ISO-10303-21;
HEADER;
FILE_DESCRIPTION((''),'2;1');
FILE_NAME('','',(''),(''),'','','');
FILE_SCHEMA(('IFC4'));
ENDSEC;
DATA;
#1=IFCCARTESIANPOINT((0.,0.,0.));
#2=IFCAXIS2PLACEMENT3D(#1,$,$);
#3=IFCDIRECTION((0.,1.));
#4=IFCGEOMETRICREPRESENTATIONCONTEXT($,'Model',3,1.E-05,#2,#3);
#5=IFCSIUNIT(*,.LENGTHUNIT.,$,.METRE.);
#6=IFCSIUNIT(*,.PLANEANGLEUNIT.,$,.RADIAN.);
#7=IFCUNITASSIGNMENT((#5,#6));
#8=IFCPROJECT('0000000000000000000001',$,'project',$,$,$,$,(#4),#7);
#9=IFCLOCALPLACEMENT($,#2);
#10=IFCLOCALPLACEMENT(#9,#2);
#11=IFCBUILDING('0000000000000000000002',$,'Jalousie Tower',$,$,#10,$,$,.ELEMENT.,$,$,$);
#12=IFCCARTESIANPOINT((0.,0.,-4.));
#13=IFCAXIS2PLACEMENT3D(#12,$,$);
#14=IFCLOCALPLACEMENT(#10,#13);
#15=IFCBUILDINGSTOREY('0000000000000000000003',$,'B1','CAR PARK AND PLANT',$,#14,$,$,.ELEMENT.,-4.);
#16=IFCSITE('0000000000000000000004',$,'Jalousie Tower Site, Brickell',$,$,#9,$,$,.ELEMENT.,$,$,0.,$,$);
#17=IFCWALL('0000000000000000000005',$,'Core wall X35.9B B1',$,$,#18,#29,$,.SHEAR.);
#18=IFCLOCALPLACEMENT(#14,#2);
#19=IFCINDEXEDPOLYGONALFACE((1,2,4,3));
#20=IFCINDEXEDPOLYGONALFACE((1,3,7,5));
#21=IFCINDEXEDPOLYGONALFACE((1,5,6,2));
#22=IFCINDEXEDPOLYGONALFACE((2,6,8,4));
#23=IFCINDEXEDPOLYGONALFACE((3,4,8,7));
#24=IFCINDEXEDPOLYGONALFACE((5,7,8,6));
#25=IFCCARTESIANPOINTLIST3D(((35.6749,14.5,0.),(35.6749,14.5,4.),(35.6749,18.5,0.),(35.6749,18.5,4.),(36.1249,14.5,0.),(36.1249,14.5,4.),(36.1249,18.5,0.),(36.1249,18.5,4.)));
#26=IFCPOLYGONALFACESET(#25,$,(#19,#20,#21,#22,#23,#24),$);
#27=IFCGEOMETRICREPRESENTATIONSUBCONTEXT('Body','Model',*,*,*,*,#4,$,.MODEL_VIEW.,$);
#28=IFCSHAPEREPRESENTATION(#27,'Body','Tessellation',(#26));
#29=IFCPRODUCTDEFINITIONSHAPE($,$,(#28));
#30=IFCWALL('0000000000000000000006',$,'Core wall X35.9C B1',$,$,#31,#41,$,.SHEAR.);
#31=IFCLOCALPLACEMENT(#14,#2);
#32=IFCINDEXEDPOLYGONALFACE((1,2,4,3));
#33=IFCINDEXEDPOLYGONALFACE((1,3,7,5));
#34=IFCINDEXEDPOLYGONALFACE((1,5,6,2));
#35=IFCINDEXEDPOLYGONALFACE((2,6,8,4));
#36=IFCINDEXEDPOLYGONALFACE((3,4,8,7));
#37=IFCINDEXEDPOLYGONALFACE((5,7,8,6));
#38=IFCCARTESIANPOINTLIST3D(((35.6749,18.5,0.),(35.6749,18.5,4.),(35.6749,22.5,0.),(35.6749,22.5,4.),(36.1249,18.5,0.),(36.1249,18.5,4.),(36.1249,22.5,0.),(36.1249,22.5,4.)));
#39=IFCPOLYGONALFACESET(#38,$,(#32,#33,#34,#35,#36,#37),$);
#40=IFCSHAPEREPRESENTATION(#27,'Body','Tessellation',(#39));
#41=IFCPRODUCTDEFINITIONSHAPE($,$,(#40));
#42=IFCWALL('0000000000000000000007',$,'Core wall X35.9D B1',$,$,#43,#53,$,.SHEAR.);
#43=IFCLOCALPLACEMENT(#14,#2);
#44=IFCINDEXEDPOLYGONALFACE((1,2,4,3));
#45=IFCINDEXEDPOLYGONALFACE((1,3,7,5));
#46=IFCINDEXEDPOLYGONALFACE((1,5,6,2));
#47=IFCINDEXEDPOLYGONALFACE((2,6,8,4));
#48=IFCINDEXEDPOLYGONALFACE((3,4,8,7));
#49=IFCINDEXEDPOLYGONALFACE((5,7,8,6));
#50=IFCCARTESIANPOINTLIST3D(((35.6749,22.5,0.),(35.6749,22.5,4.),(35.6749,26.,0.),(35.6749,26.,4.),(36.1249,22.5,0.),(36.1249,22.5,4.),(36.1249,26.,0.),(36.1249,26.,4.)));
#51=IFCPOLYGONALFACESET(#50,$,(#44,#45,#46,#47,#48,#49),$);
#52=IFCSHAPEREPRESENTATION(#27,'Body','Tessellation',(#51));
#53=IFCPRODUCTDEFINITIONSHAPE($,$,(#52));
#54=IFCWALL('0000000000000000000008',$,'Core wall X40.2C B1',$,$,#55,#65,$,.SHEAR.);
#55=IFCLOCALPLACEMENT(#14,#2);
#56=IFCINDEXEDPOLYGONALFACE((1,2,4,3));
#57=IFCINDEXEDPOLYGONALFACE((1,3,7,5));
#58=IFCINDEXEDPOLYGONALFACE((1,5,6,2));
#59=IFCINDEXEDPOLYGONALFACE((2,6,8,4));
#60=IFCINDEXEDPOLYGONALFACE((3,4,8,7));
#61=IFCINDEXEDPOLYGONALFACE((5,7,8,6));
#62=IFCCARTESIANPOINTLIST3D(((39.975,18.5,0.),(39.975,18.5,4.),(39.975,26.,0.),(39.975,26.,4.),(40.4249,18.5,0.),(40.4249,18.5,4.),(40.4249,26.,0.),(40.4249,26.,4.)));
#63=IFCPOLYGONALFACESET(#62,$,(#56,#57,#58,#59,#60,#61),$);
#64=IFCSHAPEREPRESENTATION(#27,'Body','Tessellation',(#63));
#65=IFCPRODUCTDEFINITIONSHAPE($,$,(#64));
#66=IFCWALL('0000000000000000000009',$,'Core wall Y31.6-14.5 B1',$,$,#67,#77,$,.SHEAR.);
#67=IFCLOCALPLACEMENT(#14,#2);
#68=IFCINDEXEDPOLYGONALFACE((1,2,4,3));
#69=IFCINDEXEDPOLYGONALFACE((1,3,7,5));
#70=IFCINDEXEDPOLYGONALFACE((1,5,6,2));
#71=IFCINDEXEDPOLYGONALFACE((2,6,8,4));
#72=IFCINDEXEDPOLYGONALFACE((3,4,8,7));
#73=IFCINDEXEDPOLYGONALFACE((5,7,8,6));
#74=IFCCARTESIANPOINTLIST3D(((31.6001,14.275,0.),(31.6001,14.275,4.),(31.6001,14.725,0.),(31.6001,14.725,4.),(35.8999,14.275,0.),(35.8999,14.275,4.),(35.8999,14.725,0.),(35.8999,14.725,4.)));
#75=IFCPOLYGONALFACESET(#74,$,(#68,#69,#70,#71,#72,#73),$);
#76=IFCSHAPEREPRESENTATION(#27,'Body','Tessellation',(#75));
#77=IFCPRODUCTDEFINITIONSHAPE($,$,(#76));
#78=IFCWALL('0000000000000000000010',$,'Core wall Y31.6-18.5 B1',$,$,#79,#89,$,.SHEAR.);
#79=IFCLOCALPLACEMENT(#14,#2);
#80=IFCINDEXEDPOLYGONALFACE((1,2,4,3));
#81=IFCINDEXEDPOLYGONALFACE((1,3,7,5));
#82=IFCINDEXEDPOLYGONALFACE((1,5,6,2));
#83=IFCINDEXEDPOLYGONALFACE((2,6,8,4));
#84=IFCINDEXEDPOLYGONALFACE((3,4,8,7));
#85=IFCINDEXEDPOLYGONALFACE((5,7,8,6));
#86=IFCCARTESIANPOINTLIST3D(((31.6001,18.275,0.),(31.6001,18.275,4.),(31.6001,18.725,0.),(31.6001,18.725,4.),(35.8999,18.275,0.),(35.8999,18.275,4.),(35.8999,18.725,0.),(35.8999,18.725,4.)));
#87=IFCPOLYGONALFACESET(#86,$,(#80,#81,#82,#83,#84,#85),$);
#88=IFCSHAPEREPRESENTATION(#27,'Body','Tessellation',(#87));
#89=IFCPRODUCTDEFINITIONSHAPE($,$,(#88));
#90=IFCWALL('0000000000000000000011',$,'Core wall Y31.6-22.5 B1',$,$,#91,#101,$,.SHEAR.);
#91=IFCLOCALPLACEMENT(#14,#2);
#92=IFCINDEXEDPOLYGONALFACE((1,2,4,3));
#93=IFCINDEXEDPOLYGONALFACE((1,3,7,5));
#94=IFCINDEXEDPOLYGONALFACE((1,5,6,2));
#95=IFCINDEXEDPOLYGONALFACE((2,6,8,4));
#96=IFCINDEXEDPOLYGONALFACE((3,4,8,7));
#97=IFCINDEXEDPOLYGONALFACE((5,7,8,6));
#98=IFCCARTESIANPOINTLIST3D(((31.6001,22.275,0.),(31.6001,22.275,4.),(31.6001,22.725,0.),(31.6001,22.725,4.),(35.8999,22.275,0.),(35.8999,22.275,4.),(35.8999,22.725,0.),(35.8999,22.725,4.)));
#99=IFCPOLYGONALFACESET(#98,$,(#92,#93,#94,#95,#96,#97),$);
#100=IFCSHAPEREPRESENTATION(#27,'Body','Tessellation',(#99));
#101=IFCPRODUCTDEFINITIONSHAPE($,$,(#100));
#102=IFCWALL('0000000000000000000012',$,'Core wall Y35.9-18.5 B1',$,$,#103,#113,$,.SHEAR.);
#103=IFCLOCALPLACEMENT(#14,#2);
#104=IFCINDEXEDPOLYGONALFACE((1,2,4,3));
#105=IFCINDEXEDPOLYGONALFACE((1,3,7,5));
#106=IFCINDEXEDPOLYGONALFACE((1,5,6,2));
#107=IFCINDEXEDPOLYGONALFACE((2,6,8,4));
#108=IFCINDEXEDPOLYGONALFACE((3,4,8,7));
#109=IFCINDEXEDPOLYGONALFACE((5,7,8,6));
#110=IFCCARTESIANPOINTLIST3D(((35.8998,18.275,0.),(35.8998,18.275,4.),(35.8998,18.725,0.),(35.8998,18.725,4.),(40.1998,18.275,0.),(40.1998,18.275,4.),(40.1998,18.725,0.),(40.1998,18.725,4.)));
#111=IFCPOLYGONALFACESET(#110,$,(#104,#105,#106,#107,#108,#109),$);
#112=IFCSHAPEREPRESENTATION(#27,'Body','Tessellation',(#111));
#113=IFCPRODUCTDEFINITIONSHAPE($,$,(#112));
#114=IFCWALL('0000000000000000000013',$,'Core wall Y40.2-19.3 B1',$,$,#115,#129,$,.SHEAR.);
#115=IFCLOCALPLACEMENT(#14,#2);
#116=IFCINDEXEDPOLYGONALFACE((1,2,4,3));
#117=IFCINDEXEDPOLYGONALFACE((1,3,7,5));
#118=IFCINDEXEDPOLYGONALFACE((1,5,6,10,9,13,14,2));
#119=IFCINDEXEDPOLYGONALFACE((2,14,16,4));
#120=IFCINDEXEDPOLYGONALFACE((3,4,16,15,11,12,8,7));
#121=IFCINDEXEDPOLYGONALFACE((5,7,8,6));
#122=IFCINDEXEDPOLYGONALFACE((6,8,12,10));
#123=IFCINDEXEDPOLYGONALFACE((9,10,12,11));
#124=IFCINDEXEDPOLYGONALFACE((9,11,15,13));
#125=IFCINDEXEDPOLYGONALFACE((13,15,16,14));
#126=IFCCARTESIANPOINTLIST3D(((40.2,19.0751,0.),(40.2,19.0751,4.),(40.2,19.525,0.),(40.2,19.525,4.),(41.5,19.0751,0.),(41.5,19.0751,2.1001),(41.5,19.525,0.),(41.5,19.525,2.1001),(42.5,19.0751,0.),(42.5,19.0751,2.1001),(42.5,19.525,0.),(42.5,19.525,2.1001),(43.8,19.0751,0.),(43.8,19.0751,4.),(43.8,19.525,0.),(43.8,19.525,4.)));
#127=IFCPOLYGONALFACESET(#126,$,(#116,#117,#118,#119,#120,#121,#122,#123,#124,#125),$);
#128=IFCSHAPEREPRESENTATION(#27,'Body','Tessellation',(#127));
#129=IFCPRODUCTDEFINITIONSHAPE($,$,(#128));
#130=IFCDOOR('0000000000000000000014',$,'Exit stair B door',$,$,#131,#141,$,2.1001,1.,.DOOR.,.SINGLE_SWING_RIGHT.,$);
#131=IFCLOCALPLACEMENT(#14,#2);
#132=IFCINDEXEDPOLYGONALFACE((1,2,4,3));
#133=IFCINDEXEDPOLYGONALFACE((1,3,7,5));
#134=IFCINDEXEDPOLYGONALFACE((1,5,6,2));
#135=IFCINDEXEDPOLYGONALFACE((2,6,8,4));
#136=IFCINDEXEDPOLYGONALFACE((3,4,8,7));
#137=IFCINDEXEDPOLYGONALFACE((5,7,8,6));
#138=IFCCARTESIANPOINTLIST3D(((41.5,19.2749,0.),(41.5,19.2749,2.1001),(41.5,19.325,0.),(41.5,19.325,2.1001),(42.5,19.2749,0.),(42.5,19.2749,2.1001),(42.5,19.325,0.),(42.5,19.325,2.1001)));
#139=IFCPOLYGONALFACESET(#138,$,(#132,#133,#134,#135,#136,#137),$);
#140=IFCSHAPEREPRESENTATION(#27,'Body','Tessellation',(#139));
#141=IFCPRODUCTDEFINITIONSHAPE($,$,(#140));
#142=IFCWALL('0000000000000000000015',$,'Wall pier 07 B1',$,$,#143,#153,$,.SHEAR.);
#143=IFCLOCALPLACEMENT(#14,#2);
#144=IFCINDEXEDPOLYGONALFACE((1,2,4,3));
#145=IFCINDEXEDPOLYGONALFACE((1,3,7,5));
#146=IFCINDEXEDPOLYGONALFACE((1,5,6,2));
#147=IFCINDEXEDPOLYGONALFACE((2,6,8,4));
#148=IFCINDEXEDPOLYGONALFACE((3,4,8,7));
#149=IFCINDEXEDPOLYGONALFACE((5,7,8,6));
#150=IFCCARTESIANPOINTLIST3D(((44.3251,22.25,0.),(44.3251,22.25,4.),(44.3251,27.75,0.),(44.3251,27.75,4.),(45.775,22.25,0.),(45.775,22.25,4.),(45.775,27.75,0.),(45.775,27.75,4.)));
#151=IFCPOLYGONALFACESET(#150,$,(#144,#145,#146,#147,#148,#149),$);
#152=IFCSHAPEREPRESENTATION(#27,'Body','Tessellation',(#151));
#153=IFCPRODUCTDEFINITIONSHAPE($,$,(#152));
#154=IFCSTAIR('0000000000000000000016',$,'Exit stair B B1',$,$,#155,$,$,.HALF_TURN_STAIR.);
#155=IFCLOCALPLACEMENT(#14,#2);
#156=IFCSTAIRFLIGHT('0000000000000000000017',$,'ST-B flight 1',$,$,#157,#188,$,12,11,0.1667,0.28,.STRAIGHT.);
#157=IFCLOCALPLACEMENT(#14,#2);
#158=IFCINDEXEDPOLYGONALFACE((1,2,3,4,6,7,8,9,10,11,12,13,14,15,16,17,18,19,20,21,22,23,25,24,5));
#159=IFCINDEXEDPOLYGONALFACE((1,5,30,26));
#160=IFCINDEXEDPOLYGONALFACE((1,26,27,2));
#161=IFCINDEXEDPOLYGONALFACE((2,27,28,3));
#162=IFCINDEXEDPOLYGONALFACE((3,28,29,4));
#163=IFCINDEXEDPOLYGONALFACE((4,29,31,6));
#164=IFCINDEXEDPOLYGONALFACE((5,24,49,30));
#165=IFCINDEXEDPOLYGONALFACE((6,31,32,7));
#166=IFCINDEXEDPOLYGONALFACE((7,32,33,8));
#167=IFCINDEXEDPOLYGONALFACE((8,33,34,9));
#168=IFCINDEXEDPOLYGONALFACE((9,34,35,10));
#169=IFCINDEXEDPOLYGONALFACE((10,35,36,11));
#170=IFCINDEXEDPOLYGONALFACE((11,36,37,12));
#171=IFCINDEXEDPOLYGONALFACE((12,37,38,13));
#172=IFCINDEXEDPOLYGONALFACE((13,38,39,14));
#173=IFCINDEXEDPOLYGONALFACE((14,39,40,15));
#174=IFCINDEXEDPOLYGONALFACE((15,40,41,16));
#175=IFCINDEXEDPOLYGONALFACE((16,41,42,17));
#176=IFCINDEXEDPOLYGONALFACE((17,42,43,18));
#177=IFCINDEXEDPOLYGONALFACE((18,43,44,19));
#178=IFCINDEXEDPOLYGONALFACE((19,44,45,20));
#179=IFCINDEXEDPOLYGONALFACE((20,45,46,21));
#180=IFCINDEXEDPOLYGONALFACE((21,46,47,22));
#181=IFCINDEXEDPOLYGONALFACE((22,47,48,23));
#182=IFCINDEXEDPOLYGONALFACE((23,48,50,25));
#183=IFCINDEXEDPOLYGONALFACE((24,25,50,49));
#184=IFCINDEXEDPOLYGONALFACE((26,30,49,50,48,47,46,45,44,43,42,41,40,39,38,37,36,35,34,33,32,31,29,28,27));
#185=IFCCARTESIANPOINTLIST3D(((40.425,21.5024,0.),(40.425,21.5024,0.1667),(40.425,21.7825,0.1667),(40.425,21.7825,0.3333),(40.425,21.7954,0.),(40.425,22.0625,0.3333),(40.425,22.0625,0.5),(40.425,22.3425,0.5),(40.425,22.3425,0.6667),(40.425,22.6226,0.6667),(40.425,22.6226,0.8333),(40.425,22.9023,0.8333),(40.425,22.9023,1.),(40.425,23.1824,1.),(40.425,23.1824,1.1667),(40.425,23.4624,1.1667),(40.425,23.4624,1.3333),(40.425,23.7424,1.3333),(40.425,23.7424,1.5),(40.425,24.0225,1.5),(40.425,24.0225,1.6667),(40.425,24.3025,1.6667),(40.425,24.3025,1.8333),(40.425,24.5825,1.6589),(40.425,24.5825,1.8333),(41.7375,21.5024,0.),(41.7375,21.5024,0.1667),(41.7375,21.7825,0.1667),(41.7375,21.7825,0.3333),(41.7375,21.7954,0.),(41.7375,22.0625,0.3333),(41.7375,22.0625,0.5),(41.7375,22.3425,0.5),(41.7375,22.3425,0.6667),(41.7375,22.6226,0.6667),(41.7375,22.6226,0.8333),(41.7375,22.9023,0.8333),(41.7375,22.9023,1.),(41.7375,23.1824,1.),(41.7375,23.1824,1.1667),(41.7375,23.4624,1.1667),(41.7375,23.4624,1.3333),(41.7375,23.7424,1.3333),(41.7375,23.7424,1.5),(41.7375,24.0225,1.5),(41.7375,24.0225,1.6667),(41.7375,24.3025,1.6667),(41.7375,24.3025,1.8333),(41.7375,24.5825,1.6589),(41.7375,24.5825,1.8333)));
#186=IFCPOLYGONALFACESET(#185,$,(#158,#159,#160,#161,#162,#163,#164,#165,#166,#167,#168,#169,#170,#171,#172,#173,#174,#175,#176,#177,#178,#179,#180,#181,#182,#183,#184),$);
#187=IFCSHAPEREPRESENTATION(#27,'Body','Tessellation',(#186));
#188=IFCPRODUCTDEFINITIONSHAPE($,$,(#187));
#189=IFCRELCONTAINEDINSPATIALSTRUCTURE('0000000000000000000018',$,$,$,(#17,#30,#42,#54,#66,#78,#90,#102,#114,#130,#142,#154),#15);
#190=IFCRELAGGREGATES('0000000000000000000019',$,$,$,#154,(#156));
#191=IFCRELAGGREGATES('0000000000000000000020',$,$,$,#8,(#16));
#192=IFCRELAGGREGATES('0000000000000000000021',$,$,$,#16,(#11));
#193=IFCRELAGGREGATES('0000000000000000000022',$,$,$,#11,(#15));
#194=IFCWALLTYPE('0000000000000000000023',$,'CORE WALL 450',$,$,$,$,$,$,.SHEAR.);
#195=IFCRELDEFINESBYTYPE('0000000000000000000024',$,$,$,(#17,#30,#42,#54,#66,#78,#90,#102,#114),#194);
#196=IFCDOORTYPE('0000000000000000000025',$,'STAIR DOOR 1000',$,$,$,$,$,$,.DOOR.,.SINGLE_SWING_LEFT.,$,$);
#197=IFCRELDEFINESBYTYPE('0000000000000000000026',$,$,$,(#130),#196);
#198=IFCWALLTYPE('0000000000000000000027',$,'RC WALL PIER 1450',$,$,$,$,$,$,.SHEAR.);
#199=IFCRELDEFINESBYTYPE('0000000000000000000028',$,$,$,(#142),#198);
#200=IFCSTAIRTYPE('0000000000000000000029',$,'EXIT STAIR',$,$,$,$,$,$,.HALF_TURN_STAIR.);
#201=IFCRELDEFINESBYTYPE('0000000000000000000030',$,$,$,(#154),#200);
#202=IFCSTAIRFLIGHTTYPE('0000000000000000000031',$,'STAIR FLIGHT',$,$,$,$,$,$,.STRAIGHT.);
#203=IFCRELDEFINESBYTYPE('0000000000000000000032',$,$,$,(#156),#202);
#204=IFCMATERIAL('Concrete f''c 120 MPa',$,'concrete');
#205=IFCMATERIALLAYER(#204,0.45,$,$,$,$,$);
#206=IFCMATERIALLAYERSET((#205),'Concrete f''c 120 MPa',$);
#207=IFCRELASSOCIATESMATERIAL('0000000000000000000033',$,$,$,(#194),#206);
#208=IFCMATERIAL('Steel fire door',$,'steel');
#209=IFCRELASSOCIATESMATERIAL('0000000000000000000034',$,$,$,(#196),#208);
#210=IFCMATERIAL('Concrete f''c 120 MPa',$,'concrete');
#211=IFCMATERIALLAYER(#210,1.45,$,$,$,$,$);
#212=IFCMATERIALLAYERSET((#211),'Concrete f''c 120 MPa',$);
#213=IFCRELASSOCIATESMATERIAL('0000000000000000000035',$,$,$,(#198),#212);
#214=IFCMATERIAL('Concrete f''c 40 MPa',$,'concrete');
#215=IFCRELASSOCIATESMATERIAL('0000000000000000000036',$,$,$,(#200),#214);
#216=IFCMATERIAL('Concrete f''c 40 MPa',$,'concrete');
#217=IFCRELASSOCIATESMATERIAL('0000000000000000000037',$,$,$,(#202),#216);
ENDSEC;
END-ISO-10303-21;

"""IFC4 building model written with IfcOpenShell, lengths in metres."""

from ifc_helpers import new_model, si_unit, direction, frame, frame_2d, origin, place, context, subcontext, project, spatial, polyline, rectangle, outline, extrude, material, layer, layer_set, type_object, element, fill, aggregate, save


model = new_model("IFC4")

# Units and contexts
model_context = context("Model", 3, precision=1e-05, world=origin(), true_north=direction((0.0, 1.0)))
body_context = subcontext(model_context, "Body", "Model", "MODEL_VIEW")
ifc_project = project(units=[si_unit("LENGTHUNIT", "METRE"), si_unit("PLANEANGLEUNIT", "RADIAN")], contexts=[model_context])

# Site, building, storey
site_placement = place(None, origin())
site = spatial("IfcSite", under=ifc_project, at=site_placement, Name="Jalousie Tower Site, Brickell", CompositionType="ELEMENT", RefElevation=0.0)
building_placement = place(site_placement, origin())
building = spatial("IfcBuilding", under=site, at=building_placement, Name="Jalousie Tower", CompositionType="ELEMENT")
storey_placement = place(building_placement, frame((0.0, 0.0, -4.0)))
storey = spatial("IfcBuildingStorey", under=building, at=storey_placement, Name="B1", Description="CAR PARK AND PLANT", CompositionType="ELEMENT", Elevation=-4.0)

# Shared definitions
ifc_material_1 = material(Name="Concrete f'c 120 MPa", Category="concrete")
ifc_layer_1 = layer(ifc_material_1, 0.45)
ifc_layer_set_1 = layer_set([ifc_layer_1], Name="Concrete f'c 120 MPa")
wall_type_1 = type_object("IfcWallType", Name="CORE WALL 450", PredefinedType="SHEAR", material=ifc_layer_set_1)

# Walls
for number, where, z_axis, x_axis, name in (
    (1, (35.8999, 14.5, 0.0), (0.0, 0.0, 1.0), (0.0, 1.0, 0.0), "Core wall X35.9B B1"),
    (2, (35.8999, 18.5, 0.0), (0.0, 0.0, 1.0), (0.0, 1.0, 0.0), "Core wall X35.9C B1"),
):
    element("IfcWall", number, at=place(storey_placement, frame(where, z_axis=z_axis, x_axis=x_axis)), inside=storey, type_object=wall_type_1, Name=name, PredefinedType="SHEAR", context=body_context, shape_type="SweptSolid", body=[
        extrude(rectangle(XDim=4.0, YDim=0.45, at=frame_2d((2.0, 0.0))), origin(), (0.0, 0.0, 1.0), 4.0),
    ])
wall_1_placement = place(storey_placement, frame((35.8999, 22.5, 0.0), z_axis=(0.0, 0.0, 1.0), x_axis=(0.0, 1.0, 0.0)))
element("IfcWall", 3, at=wall_1_placement, inside=storey, type_object=wall_type_1, Name="Core wall X35.9D B1", PredefinedType="SHEAR", context=body_context, shape_type="SweptSolid", body=[
    extrude(rectangle(XDim=3.5, YDim=0.45, at=frame_2d((1.75, 0.0))), origin(), (0.0, 0.0, 1.0), 4.0),
])
wall_2_placement = place(storey_placement, frame((40.2, 18.5, 0.0), z_axis=(0.0, 0.0, 1.0), x_axis=(0.0, 1.0, 0.0)))
element("IfcWall", 4, at=wall_2_placement, inside=storey, type_object=wall_type_1, Name="Core wall X40.2C B1", PredefinedType="SHEAR", context=body_context, shape_type="SweptSolid", body=[
    extrude(rectangle(XDim=7.5, YDim=0.45, at=frame_2d((3.75, 0.0))), origin(), (0.0, 0.0, 1.0), 4.0),
])
for number, where, z_axis, x_axis, name in (
    (5, (31.6001, 14.5, 0.0), (0.0, 0.0, 1.0), (1.0, 0.0, 0.0), "Core wall Y31.6-14.5 B1"),
    (6, (31.6001, 18.5, 0.0), (0.0, 0.0, 1.0), (1.0, 0.0, 0.0), "Core wall Y31.6-18.5 B1"),
    (7, (31.6001, 22.5, 0.0), (0.0, 0.0, 1.0), (1.0, 0.0, 0.0), "Core wall Y31.6-22.5 B1"),
):
    element("IfcWall", number, at=place(storey_placement, frame(where, z_axis=z_axis, x_axis=x_axis)), inside=storey, type_object=wall_type_1, Name=name, PredefinedType="SHEAR", context=body_context, shape_type="SweptSolid", body=[
        extrude(rectangle(XDim=4.2998, YDim=0.45, at=frame_2d((2.1499, 0.0))), origin(), (0.0, 0.0, 1.0), 4.0),
    ])
wall_3_placement = place(storey_placement, frame((35.8999, 18.5, 0.0), z_axis=(0.0, 0.0, 1.0), x_axis=(1.0, 0.0, 0.0)))
element("IfcWall", 8, at=wall_3_placement, inside=storey, type_object=wall_type_1, Name="Core wall Y35.9-18.5 B1", PredefinedType="SHEAR", context=body_context, shape_type="SweptSolid", body=[
    extrude(rectangle(XDim=4.3, YDim=0.45, at=frame_2d((2.1499, 0.0))), origin(), (0.0, 0.0, 1.0), 4.0),
])

# Wall, opening, door
wall_4_placement = place(storey_placement, frame((40.2, 19.3, 0.0), z_axis=(0.0, 0.0, 1.0), x_axis=(1.0, 0.0, 0.0)))
wall_4 = element("IfcWall", 9, at=wall_4_placement, inside=storey, type_object=wall_type_1, Name="Core wall Y40.2-19.3 B1", PredefinedType="SHEAR", context=body_context, shape_type="SweptSolid", body=[
    extrude(rectangle(XDim=3.6001, YDim=0.45, at=frame_2d((1.8, 0.0))), origin(), (0.0, 0.0, 1.0), 4.0),
])
opening_1_placement = place(wall_4_placement, frame((1.3, 0.0, 0.0)))
opening_1 = element("IfcOpeningElement", 10, at=opening_1_placement, cuts=wall_4, PredefinedType="OPENING", context=body_context, shape_type="SweptSolid", body=[
    extrude(rectangle(XDim=1.0, YDim=2.1001, at=frame_2d((0.5, 1.05))), frame((0.0, 0.2349, 0.0), z_axis=(0.0, -1.0, 0.0), x_axis=(1.0, 0.0, 0.0)), (0.0, 0.0, 1.0), 0.47),
])
ifc_material_2 = material(Name="Steel fire door", Category="steel")
door_type_1 = type_object("IfcDoorType", Name="STAIR DOOR 1000", OperationType="SINGLE_SWING_LEFT", PredefinedType="DOOR", material=ifc_material_2)
door_1_placement = place(opening_1_placement, origin())
door_1 = element("IfcDoor", 11, at=door_1_placement, inside=storey, type_object=door_type_1, Name="Exit stair B door", OperationType="SINGLE_SWING_RIGHT", OverallHeight=2.1001, OverallWidth=1.0, PredefinedType="DOOR", context=body_context, shape_type="SweptSolid", body=[
    extrude(rectangle(XDim=1.0, YDim=2.1001, at=frame_2d((0.5, 1.05))), frame((0.0, 0.0249, 0.0), z_axis=(0.0, -1.0, 0.0), x_axis=(1.0, 0.0, 0.0)), (0.0, 0.0, 1.0), 0.05),
])
fill(opening_1, door_1)

# Wall
ifc_material_3 = material(Name="Concrete f'c 120 MPa", Category="concrete")
ifc_layer_2 = layer(ifc_material_3, 1.45)
ifc_layer_set_2 = layer_set([ifc_layer_2], Name="Concrete f'c 120 MPa")
wall_type_2 = type_object("IfcWallType", Name="RC WALL PIER 1450", PredefinedType="SHEAR", material=ifc_layer_set_2)
wall_5_placement = place(storey_placement, frame((45.05, 22.25, 0.0), z_axis=(0.0, 0.0, 1.0), x_axis=(0.0, 1.0, 0.0)))
element("IfcWall", 12, at=wall_5_placement, inside=storey, type_object=wall_type_2, Name="Wall pier 07 B1", PredefinedType="SHEAR", context=body_context, shape_type="SweptSolid", body=[
    extrude(rectangle(XDim=5.5, YDim=1.45, at=frame_2d((2.75, 0.0))), origin(), (0.0, 0.0, 1.0), 4.0),
])

# Stair, stair flight
ifc_material_4 = material(Name="Concrete f'c 40 MPa", Category="concrete")
stair_type = type_object("IfcStairType", Name="EXIT STAIR", PredefinedType="HALF_TURN_STAIR", material=ifc_material_4)
stair_1_placement = place(storey_placement, origin())
stair_1 = element("IfcStair", 13, at=stair_1_placement, inside=storey, type_object=stair_type, Name="Exit stair B B1", PredefinedType="HALF_TURN_STAIR")
ifc_material_5 = material(Name="Concrete f'c 40 MPa", Category="concrete")
stair_flight_type = type_object("IfcStairFlightType", Name="STAIR FLIGHT", PredefinedType="STRAIGHT", material=ifc_material_5)
stair_flight_1_placement = place(storey_placement, frame((41.0813, 21.5024, 0.0), z_axis=(0.0, 0.0, 1.0), x_axis=(0.0, 1.0, 0.0)))
stair_flight_1 = element("IfcStairFlight", 14, at=stair_flight_1_placement, type_object=stair_flight_type, Name="ST-B flight 1", NumberOfRisers=12, NumberOfTreads=11, PredefinedType="STRAIGHT", RiserHeight=0.1667, TreadLength=0.28, context=body_context, shape_type="SweptSolid", body=[
    extrude(outline(polyline([(0.0, 0.0), (0.0, 0.1667), (0.28, 0.1667), (0.28, 0.3333), (0.5601, 0.3333), (0.5601, 0.5), (0.8401, 0.5), (0.8401, 0.6667), (1.1201, 0.6667), (1.1201, 0.8333), (1.3999, 0.8333), (1.3999, 1.0), (1.6799, 1.0), (1.6799, 1.1667), (1.96, 1.1667), (1.96, 1.3333), (2.24, 1.3333), (2.24, 1.5), (2.52, 1.5), (2.52, 1.6667), (2.8, 1.6667), (2.8, 1.8333), (3.0801, 1.8333), (3.0801, 2.0), (3.0801, 1.6589), (0.293, 0.0), (0.0, 0.0)])), frame((0.0, 0.6562, 0.0), z_axis=(0.0, -1.0, 0.0), x_axis=(1.0, 0.0, 0.0)), (0.0, 0.0, 1.0), 1.3125),
])
aggregate(stair_1, [stair_flight_1])

save(model, "model.ifc")
